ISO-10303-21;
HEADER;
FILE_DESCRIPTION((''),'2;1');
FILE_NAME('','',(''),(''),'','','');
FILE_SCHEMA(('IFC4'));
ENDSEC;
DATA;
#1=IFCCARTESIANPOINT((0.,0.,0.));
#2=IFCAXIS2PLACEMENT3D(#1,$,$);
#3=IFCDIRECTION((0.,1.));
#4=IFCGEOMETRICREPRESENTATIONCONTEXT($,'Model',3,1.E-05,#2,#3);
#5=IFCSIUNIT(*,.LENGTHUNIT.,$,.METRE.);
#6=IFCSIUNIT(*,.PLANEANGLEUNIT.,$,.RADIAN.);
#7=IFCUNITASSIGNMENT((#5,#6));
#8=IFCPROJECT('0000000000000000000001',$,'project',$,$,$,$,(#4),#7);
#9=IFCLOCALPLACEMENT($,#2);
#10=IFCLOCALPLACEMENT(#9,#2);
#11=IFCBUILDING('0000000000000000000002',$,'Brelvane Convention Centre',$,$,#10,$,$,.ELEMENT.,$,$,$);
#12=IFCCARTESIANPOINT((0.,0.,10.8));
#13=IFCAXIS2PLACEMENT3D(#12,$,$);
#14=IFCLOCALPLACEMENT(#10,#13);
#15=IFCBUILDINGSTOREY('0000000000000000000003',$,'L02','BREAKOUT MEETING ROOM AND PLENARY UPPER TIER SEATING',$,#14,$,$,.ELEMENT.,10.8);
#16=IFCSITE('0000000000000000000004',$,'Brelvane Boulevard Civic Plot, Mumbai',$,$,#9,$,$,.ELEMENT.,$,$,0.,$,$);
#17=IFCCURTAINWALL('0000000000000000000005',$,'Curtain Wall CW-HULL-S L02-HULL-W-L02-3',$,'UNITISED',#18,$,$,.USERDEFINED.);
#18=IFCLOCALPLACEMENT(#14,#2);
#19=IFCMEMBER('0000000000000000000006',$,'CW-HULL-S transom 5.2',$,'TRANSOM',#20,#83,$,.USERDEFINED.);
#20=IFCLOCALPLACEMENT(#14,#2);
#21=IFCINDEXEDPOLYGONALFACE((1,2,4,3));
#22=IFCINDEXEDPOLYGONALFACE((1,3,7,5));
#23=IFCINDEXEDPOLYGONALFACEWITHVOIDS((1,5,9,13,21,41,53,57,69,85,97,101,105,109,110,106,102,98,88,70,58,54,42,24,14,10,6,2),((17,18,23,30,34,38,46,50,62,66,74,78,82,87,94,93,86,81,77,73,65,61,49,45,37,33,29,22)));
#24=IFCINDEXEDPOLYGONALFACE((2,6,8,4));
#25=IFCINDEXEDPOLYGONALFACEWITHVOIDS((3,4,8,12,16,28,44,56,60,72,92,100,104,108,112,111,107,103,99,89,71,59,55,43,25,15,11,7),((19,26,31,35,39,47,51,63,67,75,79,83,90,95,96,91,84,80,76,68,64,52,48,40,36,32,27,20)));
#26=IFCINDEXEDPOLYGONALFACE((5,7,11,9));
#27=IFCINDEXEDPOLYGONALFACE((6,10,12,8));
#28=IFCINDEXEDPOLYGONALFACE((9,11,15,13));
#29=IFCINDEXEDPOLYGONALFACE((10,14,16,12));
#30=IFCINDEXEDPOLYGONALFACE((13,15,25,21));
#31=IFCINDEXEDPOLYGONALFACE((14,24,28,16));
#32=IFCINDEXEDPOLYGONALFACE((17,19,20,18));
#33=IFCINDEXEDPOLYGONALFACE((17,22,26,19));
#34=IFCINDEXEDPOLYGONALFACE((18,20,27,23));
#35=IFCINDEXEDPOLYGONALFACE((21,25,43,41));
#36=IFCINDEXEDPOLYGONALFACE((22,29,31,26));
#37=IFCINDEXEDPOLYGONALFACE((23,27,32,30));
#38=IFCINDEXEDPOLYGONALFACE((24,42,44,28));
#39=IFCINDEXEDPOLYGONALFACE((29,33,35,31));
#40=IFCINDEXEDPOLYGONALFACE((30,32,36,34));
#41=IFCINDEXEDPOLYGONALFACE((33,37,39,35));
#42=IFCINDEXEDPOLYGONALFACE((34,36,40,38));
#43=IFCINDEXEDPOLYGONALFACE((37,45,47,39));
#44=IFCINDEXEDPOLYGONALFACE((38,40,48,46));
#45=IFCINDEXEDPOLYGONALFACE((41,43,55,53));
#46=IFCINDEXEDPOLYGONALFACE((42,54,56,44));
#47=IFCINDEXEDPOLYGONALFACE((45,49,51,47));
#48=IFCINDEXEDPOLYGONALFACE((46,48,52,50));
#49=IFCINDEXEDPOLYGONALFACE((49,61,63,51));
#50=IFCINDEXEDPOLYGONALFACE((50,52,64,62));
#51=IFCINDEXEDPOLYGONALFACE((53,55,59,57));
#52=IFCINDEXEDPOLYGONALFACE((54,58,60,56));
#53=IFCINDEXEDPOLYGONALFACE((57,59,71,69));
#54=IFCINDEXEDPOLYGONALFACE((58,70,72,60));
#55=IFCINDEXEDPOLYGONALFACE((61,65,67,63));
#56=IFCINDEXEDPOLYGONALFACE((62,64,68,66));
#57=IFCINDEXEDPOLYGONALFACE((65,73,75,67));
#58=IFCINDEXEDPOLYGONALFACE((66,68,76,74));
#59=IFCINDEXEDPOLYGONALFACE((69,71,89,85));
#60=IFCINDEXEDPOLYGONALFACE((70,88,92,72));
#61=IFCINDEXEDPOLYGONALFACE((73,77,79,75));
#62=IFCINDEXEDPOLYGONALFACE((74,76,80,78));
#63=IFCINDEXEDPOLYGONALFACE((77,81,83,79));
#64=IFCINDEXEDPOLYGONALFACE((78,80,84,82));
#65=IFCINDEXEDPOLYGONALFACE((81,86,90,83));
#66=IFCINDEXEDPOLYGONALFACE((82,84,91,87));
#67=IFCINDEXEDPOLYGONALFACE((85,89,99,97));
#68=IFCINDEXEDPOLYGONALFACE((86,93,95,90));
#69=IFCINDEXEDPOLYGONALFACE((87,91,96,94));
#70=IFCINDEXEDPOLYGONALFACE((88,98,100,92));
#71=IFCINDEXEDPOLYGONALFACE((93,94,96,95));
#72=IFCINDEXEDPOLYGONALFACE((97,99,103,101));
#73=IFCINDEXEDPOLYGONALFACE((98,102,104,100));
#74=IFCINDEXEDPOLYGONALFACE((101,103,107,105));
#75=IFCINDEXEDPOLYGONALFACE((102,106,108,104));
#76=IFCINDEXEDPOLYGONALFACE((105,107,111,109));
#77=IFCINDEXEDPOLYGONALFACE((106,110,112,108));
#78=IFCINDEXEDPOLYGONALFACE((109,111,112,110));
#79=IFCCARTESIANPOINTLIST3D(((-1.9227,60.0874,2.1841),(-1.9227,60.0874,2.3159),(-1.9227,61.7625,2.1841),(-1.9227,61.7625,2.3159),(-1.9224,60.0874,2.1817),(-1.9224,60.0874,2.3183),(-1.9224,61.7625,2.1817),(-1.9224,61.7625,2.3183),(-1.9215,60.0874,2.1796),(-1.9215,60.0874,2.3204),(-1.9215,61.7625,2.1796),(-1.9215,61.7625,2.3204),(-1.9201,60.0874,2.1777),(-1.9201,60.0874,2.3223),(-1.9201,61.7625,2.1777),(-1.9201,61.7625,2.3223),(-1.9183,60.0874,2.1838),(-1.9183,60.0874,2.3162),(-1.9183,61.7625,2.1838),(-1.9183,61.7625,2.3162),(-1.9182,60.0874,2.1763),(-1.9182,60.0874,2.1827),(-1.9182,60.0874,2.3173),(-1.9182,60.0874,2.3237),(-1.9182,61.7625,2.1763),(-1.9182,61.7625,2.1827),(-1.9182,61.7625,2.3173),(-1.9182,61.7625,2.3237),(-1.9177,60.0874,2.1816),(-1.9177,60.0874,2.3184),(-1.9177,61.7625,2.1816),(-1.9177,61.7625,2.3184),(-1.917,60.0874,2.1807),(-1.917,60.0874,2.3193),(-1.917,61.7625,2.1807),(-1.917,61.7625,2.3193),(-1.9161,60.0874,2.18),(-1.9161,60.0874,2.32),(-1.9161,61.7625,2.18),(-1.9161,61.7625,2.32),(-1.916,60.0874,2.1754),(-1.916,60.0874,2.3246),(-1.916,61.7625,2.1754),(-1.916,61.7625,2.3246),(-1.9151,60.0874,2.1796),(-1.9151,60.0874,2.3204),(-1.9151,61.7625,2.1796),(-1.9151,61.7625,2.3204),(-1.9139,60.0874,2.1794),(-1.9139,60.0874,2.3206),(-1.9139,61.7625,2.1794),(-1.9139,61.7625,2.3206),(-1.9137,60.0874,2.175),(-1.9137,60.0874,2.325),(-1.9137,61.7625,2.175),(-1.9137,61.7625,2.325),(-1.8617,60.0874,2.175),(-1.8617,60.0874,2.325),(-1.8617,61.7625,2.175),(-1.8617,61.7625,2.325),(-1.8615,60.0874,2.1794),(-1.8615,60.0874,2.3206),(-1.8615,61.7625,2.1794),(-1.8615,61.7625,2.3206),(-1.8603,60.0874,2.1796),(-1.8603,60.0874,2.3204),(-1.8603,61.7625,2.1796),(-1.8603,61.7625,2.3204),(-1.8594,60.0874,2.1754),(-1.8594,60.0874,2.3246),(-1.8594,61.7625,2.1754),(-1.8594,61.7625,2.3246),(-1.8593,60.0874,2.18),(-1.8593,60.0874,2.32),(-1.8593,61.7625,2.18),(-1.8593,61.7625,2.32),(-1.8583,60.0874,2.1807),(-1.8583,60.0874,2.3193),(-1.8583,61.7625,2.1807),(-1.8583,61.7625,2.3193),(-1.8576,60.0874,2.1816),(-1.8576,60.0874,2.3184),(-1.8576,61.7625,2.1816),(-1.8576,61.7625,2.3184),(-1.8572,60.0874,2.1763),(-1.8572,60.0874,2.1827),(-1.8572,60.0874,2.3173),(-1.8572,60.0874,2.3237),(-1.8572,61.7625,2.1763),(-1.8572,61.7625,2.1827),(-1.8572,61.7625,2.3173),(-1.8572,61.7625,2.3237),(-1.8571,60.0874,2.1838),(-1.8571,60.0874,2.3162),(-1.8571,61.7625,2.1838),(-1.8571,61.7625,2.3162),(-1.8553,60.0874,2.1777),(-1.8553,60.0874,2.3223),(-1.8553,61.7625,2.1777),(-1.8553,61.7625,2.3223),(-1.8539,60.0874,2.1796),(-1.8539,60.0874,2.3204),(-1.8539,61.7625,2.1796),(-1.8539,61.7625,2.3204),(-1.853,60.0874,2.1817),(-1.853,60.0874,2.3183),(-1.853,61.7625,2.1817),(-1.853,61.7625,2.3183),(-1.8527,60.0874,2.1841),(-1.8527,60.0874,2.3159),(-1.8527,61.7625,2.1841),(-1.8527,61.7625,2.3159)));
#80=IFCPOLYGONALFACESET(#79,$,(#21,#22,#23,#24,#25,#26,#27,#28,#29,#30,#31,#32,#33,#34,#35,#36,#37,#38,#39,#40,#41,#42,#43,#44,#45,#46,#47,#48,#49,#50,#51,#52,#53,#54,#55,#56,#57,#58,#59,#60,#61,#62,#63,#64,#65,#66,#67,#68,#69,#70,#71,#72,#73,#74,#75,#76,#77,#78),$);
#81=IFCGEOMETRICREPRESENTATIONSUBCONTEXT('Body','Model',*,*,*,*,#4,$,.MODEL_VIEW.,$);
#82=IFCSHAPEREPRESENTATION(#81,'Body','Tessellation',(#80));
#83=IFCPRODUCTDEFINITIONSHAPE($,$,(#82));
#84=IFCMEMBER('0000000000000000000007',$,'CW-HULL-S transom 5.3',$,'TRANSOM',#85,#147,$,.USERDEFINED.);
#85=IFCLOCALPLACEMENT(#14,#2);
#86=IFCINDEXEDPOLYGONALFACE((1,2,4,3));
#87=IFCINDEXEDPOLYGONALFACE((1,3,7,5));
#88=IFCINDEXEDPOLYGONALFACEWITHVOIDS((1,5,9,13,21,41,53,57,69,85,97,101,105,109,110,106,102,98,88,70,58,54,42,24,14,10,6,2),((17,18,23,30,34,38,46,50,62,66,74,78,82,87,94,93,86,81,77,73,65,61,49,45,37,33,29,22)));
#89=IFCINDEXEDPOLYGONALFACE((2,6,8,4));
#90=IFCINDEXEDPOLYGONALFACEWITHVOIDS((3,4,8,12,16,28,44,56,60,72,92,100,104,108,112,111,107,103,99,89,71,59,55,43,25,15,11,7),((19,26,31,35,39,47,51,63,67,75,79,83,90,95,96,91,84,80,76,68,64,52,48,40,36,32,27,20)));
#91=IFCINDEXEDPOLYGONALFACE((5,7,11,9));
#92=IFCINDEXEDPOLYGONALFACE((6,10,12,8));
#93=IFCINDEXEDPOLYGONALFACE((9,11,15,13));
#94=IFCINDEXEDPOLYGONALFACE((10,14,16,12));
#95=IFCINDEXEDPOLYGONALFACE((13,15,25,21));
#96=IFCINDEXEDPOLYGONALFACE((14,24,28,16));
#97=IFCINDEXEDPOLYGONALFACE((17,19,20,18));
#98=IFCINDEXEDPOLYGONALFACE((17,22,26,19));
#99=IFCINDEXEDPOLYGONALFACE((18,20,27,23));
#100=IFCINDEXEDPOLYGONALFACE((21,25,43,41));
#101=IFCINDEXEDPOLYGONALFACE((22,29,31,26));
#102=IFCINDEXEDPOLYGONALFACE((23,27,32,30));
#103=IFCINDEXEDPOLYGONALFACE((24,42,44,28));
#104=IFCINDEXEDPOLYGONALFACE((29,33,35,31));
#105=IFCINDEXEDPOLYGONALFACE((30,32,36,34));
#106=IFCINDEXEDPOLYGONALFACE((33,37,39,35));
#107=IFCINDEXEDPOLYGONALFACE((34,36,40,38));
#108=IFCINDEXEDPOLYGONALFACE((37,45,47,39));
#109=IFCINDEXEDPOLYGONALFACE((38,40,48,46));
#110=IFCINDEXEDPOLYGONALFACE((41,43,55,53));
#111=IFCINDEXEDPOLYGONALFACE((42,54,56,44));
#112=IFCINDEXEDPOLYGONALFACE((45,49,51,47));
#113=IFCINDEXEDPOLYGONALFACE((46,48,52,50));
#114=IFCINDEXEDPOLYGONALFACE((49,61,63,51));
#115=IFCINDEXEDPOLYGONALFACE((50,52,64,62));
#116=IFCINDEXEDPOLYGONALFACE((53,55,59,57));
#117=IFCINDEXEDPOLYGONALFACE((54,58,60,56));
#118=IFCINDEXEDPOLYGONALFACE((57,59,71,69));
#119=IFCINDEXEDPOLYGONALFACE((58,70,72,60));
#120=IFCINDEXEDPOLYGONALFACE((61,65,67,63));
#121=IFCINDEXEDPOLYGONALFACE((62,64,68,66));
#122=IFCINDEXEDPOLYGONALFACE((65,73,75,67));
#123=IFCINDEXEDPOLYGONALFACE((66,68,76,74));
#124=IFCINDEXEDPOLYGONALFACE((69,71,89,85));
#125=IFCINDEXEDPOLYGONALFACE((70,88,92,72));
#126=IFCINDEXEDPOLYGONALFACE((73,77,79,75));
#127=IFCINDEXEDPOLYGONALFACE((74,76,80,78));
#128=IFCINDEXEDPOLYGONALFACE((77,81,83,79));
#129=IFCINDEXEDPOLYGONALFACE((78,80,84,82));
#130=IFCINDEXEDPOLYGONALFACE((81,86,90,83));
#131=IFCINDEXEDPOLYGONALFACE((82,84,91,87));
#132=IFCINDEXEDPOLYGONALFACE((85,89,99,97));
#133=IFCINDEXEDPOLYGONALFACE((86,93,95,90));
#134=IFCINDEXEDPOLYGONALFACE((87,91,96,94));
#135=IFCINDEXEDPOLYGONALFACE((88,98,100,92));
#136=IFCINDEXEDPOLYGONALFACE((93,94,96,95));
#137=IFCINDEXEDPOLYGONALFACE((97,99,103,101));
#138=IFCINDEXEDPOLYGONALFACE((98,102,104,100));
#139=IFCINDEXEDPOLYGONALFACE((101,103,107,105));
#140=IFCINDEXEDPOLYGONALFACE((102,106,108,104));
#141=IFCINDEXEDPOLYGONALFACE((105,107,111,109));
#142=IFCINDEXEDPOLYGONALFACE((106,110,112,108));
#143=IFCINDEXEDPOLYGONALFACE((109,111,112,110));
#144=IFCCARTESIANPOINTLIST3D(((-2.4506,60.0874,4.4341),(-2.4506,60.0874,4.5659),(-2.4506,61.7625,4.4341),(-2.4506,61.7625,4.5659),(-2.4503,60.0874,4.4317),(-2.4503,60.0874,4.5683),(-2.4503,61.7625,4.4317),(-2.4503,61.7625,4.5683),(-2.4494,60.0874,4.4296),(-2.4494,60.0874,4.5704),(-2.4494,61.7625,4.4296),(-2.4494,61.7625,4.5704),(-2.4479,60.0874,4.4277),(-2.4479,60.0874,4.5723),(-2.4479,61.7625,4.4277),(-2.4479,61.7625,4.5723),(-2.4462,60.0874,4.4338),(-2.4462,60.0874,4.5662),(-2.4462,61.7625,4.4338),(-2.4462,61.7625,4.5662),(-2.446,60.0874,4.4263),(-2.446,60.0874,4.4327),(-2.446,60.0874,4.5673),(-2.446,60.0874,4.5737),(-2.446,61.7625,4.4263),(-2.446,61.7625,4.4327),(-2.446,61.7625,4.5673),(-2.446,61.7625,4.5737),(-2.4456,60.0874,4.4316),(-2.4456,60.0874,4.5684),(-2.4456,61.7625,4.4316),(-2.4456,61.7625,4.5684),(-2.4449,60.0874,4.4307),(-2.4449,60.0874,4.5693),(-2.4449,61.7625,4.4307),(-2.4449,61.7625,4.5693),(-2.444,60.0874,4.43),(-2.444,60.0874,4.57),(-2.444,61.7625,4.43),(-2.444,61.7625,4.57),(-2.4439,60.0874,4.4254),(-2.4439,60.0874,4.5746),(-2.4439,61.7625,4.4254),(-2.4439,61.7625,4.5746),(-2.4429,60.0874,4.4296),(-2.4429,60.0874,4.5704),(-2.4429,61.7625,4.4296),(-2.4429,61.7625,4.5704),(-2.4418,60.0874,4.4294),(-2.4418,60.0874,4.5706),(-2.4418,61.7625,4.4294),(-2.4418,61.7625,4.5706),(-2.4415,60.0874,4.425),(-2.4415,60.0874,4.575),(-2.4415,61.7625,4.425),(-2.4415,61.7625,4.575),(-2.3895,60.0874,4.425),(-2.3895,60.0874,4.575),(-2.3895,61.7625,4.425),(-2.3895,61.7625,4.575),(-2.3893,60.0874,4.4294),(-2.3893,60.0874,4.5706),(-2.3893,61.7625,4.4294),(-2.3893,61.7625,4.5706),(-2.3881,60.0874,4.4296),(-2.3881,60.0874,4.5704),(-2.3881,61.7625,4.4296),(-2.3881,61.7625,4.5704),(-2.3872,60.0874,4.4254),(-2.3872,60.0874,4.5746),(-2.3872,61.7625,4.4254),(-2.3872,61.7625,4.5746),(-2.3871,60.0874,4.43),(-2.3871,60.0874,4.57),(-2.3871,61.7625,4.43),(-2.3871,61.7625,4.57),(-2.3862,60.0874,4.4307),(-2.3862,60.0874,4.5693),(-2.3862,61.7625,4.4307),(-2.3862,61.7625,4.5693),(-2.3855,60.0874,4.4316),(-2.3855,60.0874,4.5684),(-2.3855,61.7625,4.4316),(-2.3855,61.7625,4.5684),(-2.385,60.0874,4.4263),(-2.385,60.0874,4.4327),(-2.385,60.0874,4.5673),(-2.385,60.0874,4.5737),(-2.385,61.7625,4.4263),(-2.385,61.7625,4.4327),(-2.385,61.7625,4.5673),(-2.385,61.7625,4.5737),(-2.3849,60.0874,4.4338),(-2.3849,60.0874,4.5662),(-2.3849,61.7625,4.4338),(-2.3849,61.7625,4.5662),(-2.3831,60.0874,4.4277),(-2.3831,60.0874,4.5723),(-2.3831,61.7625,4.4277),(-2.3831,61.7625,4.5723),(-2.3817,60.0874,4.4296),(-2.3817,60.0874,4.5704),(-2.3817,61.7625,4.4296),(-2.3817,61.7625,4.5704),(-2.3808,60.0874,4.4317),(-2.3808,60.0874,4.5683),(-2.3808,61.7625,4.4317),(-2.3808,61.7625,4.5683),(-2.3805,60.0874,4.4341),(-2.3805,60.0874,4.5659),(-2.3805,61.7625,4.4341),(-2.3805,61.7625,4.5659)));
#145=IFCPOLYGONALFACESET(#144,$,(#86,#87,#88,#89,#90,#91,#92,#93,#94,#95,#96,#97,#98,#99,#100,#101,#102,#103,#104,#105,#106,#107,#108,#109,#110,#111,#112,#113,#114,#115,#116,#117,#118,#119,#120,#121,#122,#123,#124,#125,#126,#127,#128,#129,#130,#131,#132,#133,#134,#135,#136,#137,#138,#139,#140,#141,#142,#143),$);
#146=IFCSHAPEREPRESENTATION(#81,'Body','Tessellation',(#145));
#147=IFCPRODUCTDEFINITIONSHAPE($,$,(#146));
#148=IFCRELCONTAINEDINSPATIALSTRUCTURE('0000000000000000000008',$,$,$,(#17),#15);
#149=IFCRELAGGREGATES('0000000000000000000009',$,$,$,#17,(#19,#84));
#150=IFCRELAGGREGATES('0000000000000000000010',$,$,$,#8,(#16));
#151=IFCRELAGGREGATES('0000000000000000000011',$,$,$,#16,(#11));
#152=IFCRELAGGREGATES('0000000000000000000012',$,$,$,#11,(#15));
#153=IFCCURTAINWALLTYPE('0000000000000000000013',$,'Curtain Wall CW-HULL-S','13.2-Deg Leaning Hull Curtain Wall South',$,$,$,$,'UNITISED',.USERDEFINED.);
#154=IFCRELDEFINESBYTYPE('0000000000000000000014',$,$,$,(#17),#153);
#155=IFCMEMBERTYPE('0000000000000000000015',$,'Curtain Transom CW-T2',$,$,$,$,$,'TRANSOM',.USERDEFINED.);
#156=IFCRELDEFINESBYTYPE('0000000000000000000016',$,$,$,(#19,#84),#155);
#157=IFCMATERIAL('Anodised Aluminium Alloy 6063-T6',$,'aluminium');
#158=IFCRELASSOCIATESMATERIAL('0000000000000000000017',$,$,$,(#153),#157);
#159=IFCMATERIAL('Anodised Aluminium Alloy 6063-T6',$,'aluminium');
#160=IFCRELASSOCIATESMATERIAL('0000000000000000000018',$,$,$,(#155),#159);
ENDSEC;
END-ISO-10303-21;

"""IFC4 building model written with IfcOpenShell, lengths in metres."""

from ifc_helpers import new_model, si_unit, direction, frame, origin, origin_2d, place, context, subcontext, project, spatial, hollow_rectangle, extrude, material, material_profile, profile_set, type_object, element, aggregate, save


model = new_model("IFC4")

# Units and contexts
model_context = context("Model", 3, precision=1e-05, world=origin(), true_north=direction((0.0, 1.0)))
body_context = subcontext(model_context, "Body", "Model", "MODEL_VIEW")
ifc_project = project(units=[si_unit("LENGTHUNIT", "METRE"), si_unit("PLANEANGLEUNIT", "RADIAN")], contexts=[model_context])

# Site, building, storey
site_placement = place(None, origin())
site = spatial("IfcSite", under=ifc_project, at=site_placement, Name="Brelvane Boulevard Civic Plot, Mumbai", CompositionType="ELEMENT", RefElevation=0.0)
building_placement = place(site_placement, origin())
building = spatial("IfcBuilding", under=site, at=building_placement, Name="Brelvane Convention Centre", CompositionType="ELEMENT")
storey_placement = place(building_placement, frame((0.0, 0.0, 10.8)))
storey = spatial("IfcBuildingStorey", under=building, at=storey_placement, Name="L02", Description="BREAKOUT MEETING ROOM AND PLENARY UPPER TIER SEATING", CompositionType="ELEMENT", Elevation=10.8)

# Curtain wall, members
ifc_material_1 = material(Name="Anodised Aluminium Alloy 6063-T6", Category="aluminium")
curtain_wall_type = type_object("IfcCurtainWallType", Name="Curtain Wall CW-HULL-S", Description="13.2-Deg Leaning Hull Curtain Wall South", ElementType="UNITISED", PredefinedType="USERDEFINED", material=ifc_material_1)
curtain_wall_placement = place(storey_placement, origin())
curtain_wall = element("IfcCurtainWall", 1, at=curtain_wall_placement, inside=storey, type_object=curtain_wall_type, Name="Curtain Wall CW-HULL-S L02-HULL-W-L02-3", ObjectType="UNITISED", PredefinedType="USERDEFINED")
ifc_material_2 = material(Name="Anodised Aluminium Alloy 6063-T6", Category="aluminium")
ifc_material_profile_1 = material_profile(ifc_material_2, hollow_rectangle(XDim=0.0701, YDim=0.1499, WallThickness=0.0044, InnerFilletRadius=0.0044, OuterFilletRadius=0.009, at=origin_2d()), Name="ALU-T 150x70x4.5")
ifc_profile_set_1 = profile_set([ifc_material_profile_1], Name="Anodised Aluminium Alloy 6063-T6")
member_type_1 = type_object("IfcMemberType", Name="Curtain Transom CW-T2", ElementType="TRANSOM", PredefinedType="USERDEFINED", material=ifc_profile_set_1)
member_1_placement = place(storey_placement, frame((-1.8877, 60.0874, 2.25), z_axis=(0.0, 1.0, 0.0), x_axis=(-1.0, 0.0, 0.0)))
member_1 = element("IfcMember", 2, at=member_1_placement, type_object=member_type_1, Name="CW-HULL-S transom 5.2", ObjectType="TRANSOM", PredefinedType="USERDEFINED", context=body_context, shape_type="SweptSolid", body=[
    extrude(hollow_rectangle(XDim=0.0701, YDim=0.1499, WallThickness=0.0044, InnerFilletRadius=0.0044, OuterFilletRadius=0.009, at=origin_2d()), origin(), (0.0, 0.0, 1.0), 1.675),
])
member_2_placement = place(storey_placement, frame((-2.4155, 60.0874, 4.5), z_axis=(0.0, 1.0, 0.0), x_axis=(-1.0, 0.0, 0.0)))
member_2 = element("IfcMember", 3, at=member_2_placement, type_object=member_type_1, Name="CW-HULL-S transom 5.3", ObjectType="TRANSOM", PredefinedType="USERDEFINED", context=body_context, shape_type="SweptSolid", body=[
    extrude(hollow_rectangle(XDim=0.0701, YDim=0.1499, WallThickness=0.0044, InnerFilletRadius=0.0044, OuterFilletRadius=0.009, at=origin_2d()), origin(), (0.0, 0.0, 1.0), 1.675),
])
aggregate(curtain_wall, [member_1, member_2])

save(model, "model.ifc")
